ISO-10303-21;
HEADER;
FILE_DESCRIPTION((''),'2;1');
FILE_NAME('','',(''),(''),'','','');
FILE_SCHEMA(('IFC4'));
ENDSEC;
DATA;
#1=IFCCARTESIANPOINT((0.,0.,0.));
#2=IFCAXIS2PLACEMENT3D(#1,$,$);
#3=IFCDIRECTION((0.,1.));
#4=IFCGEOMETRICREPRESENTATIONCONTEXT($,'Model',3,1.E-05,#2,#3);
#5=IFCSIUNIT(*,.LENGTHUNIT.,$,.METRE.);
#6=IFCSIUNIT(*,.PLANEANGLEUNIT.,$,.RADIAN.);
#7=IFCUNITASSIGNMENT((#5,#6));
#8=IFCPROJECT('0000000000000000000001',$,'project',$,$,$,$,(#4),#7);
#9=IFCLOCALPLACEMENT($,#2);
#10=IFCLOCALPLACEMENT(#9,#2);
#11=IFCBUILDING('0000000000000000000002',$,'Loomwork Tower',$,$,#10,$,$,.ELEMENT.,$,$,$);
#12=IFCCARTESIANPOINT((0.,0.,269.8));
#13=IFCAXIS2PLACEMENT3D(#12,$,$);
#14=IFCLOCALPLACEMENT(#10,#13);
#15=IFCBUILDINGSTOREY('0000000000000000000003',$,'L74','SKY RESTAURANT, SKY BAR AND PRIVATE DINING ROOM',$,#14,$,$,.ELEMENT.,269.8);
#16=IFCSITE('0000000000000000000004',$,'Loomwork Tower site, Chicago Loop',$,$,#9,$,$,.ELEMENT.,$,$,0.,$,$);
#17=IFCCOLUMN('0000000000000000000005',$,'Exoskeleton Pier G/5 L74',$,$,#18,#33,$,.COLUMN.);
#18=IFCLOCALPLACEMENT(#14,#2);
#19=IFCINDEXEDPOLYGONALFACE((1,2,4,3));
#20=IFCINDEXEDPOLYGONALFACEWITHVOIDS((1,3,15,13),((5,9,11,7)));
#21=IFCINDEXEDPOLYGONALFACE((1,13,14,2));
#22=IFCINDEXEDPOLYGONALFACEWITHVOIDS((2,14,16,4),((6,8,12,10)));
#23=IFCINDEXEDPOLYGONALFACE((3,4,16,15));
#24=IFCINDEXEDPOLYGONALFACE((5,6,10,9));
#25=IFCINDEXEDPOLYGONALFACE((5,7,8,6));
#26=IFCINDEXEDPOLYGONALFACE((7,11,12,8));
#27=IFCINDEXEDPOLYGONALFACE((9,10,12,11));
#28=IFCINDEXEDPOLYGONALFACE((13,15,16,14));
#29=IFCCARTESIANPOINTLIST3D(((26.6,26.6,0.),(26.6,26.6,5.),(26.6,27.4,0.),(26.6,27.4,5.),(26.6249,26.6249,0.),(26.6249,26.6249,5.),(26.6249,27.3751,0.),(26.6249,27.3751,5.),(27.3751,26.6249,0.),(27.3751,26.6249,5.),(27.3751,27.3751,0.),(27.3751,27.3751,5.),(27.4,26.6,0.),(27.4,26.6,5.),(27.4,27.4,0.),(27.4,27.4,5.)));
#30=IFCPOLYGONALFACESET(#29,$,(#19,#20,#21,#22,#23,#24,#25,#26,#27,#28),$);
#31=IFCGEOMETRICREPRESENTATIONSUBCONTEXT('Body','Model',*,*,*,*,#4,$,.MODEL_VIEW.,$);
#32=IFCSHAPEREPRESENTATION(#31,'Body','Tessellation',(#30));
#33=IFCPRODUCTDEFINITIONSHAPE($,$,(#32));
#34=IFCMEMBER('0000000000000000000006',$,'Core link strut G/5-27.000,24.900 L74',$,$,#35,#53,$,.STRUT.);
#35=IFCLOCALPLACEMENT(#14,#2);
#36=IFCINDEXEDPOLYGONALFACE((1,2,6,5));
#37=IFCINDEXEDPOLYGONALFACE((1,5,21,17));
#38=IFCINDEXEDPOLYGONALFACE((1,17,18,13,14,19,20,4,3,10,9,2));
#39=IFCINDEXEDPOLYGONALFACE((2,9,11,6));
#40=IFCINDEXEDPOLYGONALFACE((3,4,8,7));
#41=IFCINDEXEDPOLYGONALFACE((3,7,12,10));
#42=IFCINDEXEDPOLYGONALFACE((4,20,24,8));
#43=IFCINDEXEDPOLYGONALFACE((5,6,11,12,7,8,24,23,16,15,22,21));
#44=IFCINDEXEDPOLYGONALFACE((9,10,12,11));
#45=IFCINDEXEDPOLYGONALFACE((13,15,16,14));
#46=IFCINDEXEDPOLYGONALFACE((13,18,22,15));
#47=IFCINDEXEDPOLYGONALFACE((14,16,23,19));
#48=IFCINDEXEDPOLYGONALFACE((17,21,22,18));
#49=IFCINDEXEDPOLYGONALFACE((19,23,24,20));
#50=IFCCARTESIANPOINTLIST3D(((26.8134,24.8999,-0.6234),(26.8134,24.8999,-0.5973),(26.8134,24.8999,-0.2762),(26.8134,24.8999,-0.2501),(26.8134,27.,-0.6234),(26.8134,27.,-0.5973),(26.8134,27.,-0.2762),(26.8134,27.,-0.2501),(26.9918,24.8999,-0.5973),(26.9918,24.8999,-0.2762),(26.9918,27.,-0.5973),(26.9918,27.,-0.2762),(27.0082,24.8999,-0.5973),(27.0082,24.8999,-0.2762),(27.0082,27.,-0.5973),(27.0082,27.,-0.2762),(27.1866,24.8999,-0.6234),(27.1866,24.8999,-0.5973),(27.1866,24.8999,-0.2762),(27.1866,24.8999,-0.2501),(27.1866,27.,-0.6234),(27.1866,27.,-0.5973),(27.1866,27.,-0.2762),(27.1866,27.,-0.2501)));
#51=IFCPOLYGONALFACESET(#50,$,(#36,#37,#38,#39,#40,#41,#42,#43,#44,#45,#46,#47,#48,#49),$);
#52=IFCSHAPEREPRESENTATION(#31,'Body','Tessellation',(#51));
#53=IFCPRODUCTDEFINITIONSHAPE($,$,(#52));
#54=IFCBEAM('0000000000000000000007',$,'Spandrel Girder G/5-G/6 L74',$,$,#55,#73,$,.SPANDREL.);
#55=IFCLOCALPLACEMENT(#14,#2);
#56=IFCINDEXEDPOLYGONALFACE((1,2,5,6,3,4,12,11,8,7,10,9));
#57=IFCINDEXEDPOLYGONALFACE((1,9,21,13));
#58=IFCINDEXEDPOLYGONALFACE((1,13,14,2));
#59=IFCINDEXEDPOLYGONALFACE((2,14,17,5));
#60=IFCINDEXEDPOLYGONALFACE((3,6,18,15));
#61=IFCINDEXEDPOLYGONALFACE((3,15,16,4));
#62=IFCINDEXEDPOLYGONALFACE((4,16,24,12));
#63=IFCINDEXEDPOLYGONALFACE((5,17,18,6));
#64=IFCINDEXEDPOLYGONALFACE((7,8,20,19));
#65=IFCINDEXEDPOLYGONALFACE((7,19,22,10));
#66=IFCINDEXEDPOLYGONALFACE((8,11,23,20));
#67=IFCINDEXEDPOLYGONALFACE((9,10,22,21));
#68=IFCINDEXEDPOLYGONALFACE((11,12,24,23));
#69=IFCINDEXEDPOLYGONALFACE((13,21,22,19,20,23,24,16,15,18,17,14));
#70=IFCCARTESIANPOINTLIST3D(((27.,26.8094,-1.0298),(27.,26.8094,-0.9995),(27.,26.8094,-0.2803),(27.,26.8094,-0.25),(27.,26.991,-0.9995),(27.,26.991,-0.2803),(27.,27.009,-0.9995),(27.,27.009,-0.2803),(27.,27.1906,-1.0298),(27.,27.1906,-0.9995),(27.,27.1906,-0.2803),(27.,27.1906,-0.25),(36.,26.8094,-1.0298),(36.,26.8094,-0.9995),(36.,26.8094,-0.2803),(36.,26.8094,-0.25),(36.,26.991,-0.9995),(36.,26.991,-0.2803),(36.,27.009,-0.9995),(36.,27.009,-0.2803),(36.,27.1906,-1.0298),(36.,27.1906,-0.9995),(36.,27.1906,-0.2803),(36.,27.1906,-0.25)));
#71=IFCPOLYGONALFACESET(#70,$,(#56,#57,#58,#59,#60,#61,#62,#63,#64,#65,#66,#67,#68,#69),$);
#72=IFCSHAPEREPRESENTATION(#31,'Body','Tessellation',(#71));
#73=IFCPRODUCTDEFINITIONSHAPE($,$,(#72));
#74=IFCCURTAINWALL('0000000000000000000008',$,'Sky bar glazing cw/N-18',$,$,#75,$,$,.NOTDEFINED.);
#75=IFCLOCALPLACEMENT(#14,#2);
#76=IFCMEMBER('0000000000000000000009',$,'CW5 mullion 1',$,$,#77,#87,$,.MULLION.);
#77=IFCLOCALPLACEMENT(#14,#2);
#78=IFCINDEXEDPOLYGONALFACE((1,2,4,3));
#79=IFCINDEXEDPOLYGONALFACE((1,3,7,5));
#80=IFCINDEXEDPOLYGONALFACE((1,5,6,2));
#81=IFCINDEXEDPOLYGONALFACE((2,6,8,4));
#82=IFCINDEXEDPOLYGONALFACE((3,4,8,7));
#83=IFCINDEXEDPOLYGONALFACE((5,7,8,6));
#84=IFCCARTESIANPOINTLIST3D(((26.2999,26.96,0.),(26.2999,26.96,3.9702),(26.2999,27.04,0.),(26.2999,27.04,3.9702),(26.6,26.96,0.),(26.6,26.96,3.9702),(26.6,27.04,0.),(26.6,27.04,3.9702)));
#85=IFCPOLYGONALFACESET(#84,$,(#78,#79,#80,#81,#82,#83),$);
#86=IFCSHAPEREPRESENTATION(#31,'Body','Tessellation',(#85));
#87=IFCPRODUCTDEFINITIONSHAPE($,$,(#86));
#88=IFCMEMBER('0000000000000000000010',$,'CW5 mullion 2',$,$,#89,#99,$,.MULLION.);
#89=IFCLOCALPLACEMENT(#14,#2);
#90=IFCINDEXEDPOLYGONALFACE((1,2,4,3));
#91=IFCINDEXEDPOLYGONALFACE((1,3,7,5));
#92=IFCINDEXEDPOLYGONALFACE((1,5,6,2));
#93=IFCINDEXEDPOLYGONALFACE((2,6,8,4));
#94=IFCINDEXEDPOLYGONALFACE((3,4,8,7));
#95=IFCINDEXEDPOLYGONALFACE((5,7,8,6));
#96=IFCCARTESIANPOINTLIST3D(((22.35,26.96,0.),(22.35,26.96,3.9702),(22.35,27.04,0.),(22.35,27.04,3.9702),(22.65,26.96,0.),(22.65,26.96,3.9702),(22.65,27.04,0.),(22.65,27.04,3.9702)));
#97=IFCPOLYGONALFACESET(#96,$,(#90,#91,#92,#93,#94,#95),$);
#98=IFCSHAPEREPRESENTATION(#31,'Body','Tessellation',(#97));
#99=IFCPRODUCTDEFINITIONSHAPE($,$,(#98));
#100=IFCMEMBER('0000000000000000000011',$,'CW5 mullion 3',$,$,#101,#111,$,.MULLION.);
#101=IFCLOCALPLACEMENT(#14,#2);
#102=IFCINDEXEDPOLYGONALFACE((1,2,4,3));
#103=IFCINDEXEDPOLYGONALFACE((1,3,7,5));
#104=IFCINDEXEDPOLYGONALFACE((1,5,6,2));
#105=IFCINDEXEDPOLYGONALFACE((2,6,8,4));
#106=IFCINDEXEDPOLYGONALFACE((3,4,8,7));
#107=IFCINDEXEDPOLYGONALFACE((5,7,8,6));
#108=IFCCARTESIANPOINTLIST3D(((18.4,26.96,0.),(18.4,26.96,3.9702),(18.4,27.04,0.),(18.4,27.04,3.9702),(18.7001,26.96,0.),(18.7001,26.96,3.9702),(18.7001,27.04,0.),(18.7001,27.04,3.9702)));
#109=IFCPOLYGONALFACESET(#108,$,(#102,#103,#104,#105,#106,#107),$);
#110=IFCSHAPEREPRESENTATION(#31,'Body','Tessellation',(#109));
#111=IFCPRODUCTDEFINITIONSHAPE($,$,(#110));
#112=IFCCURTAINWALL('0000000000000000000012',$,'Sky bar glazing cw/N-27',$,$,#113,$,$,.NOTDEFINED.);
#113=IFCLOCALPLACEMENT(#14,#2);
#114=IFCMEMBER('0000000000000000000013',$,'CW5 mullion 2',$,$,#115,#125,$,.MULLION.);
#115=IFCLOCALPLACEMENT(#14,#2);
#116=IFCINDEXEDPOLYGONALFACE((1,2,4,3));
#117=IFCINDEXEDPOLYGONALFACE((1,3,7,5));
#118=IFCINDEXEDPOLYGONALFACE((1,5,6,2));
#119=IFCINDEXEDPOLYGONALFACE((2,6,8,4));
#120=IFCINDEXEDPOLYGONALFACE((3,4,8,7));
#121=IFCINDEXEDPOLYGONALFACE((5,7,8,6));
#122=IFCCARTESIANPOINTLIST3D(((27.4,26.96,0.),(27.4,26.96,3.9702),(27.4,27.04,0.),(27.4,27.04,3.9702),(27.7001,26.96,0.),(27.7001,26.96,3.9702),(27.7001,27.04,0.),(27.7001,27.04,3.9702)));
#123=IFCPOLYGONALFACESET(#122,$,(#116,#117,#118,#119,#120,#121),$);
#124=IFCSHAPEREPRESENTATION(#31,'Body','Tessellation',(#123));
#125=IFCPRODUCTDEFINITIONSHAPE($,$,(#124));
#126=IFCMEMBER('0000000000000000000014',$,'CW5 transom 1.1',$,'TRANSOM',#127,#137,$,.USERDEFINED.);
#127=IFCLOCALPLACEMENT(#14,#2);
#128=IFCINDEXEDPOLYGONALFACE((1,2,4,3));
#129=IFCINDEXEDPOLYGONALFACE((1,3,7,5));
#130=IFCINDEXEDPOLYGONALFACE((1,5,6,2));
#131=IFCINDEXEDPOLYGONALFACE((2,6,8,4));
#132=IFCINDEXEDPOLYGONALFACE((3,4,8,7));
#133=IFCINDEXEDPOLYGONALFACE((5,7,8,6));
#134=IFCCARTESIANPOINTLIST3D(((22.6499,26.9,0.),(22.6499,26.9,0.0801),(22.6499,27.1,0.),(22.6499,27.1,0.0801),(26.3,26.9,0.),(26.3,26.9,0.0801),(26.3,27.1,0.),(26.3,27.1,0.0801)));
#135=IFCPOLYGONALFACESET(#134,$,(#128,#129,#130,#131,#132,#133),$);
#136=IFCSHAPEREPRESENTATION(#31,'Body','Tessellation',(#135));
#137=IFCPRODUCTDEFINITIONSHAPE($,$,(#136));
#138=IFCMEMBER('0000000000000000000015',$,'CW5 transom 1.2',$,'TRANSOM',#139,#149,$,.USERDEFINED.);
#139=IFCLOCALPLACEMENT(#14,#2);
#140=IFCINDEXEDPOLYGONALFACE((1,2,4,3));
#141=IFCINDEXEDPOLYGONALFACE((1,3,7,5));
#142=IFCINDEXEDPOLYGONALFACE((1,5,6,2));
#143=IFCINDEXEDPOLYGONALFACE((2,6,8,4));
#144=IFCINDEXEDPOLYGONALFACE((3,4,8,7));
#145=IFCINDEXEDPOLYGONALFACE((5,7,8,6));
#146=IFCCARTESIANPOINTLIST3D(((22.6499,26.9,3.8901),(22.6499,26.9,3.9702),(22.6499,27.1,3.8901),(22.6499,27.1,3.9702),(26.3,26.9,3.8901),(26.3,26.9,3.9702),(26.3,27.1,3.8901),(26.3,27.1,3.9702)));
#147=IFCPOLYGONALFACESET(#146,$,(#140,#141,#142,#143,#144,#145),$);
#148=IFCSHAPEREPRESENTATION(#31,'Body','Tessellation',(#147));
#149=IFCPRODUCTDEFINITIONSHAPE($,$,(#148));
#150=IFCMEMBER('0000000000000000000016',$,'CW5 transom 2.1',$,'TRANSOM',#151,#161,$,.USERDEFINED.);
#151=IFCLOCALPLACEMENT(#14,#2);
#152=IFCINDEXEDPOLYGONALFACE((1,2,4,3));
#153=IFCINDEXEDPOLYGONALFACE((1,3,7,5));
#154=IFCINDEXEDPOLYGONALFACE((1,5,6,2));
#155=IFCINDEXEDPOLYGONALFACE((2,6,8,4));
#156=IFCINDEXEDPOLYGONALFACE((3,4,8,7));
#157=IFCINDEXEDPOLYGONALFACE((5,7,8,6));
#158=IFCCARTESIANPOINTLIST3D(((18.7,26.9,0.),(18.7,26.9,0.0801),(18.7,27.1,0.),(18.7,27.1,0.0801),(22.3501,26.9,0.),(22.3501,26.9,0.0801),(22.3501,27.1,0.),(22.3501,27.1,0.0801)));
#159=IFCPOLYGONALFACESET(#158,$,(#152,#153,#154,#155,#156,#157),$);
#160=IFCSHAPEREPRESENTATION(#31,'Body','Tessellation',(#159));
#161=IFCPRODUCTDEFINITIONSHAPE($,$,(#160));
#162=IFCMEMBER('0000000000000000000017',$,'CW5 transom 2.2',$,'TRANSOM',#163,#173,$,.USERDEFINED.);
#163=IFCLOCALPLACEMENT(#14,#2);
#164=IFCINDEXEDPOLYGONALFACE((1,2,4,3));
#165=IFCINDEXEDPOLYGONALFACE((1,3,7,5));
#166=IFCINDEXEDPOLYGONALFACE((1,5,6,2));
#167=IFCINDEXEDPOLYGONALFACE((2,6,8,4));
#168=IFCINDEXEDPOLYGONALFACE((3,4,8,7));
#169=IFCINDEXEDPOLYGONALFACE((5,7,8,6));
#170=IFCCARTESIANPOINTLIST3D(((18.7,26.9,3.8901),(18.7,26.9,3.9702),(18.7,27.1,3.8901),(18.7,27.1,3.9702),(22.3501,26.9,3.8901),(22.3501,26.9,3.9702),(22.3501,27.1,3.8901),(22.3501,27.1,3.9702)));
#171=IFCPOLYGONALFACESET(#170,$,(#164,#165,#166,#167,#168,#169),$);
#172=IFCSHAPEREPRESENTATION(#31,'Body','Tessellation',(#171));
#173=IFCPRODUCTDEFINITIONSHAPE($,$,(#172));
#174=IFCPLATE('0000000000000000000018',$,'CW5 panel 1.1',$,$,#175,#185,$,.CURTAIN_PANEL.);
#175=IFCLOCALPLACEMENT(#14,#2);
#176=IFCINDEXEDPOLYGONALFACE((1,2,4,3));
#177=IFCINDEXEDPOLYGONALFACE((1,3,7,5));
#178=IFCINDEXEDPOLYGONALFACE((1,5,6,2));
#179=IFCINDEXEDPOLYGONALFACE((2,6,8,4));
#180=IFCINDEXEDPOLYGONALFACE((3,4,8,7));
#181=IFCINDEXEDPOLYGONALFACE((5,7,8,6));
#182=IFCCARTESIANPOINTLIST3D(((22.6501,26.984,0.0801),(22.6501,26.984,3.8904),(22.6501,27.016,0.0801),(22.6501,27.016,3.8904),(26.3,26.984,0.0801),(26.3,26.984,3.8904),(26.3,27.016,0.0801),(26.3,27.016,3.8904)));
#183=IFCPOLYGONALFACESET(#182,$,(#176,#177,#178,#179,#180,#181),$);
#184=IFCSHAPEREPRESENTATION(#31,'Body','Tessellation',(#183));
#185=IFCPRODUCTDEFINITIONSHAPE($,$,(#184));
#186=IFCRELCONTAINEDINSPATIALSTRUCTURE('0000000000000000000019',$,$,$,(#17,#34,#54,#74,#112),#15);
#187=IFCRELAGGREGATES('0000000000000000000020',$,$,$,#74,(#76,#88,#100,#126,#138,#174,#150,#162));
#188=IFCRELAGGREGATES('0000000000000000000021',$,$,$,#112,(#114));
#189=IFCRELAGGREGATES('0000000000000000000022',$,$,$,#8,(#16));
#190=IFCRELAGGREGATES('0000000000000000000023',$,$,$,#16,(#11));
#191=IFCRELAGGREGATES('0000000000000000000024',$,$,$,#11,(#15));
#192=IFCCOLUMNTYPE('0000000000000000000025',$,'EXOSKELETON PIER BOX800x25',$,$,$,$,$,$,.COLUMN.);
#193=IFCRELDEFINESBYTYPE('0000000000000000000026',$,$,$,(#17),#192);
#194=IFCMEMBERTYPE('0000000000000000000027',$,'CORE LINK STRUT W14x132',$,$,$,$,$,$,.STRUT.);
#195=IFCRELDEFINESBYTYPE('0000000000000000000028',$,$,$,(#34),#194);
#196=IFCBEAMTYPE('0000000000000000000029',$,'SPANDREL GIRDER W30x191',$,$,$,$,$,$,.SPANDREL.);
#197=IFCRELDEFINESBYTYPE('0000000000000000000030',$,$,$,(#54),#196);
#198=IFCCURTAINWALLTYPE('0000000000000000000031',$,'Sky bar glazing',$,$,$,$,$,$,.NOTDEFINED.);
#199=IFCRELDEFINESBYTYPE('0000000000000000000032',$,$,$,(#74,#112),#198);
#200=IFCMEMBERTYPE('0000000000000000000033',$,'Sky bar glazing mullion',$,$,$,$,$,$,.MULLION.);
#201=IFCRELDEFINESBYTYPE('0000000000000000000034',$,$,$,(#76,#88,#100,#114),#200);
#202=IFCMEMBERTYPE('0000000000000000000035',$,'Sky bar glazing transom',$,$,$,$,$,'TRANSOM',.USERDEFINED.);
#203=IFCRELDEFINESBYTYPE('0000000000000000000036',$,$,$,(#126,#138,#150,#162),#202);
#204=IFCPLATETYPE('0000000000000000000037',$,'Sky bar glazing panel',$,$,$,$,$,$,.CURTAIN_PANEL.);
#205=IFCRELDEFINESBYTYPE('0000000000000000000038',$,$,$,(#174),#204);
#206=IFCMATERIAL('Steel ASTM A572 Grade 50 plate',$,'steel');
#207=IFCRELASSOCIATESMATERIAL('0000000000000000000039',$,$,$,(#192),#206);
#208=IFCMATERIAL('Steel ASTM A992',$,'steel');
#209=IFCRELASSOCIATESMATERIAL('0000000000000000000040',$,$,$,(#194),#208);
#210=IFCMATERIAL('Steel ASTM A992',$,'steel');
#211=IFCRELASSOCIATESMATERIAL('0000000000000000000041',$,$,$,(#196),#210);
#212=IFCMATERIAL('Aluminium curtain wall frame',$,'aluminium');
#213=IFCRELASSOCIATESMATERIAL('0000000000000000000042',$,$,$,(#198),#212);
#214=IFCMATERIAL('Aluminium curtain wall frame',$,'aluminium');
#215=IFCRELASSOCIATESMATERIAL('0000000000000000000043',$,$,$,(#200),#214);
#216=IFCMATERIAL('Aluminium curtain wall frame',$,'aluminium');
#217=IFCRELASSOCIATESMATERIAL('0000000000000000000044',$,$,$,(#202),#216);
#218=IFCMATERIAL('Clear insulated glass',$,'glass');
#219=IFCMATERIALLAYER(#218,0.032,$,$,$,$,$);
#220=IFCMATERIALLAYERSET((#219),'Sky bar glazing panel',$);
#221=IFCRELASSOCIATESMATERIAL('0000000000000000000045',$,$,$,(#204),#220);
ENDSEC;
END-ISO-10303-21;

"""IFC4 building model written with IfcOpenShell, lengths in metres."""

from ifc_helpers import new_model, si_unit, direction, frame, origin, origin_2d, place, context, subcontext, project, spatial, rectangle, hollow_rectangle, i_section, extrude, material, layer, layer_set, material_profile, profile_set, type_object, element, aggregate, save


model = new_model("IFC4")

# Units and contexts
model_context = context("Model", 3, precision=1e-05, world=origin(), true_north=direction((0.0, 1.0)))
body_context = subcontext(model_context, "Body", "Model", "MODEL_VIEW")
ifc_project = project(units=[si_unit("LENGTHUNIT", "METRE"), si_unit("PLANEANGLEUNIT", "RADIAN")], contexts=[model_context])

# Site, building, storey
site_placement = place(None, origin())
site = spatial("IfcSite", under=ifc_project, at=site_placement, Name="Loomwork Tower site, Chicago Loop", CompositionType="ELEMENT", RefElevation=0.0)
building_placement = place(site_placement, origin())
building = spatial("IfcBuilding", under=site, at=building_placement, Name="Loomwork Tower", CompositionType="ELEMENT")
storey_placement = place(building_placement, frame((0.0, 0.0, 269.8)))
storey = spatial("IfcBuildingStorey", under=building, at=storey_placement, Name="L74", Description="SKY RESTAURANT, SKY BAR AND PRIVATE DINING ROOM", CompositionType="ELEMENT", Elevation=269.8)

# Column
ifc_material_1 = material(Name="Steel ASTM A572 Grade 50 plate", Category="steel")
ifc_material_profile_1 = material_profile(ifc_material_1, hollow_rectangle(XDim=0.8, YDim=0.8, WallThickness=0.0249, at=origin_2d()), Name="BOX800x25")
ifc_profile_set_1 = profile_set([ifc_material_profile_1], Name="Steel ASTM A572 Grade 50 plate")
column_type = type_object("IfcColumnType", Name="EXOSKELETON PIER BOX800x25", PredefinedType="COLUMN", material=ifc_profile_set_1)
column_placement = place(storey_placement, frame((27.0, 27.0, 0.0), z_axis=(0.0, 0.0, 1.0), x_axis=(1.0, 0.0, 0.0)))
element("IfcColumn", 1, at=column_placement, inside=storey, type_object=column_type, Name="Exoskeleton Pier G/5 L74", PredefinedType="COLUMN", context=body_context, shape_type="SweptSolid", body=[
    extrude(hollow_rectangle(XDim=0.8, YDim=0.8, WallThickness=0.0249, at=origin_2d()), origin(), (0.0, 0.0, 1.0), 5.0),
])

# Member
ifc_material_2 = material(Name="Steel ASTM A992", Category="steel")
ifc_material_profile_2 = material_profile(ifc_material_2, i_section(OverallWidth=0.3733, OverallDepth=0.3733, WebThickness=0.0164, FlangeThickness=0.0261, at=origin_2d()), Name="W14x132")
ifc_profile_set_2 = profile_set([ifc_material_profile_2], Name="Steel ASTM A992")
member_type_1 = type_object("IfcMemberType", Name="CORE LINK STRUT W14x132", PredefinedType="STRUT", material=ifc_profile_set_2)
member_1_placement = place(storey_placement, frame((27.0, 27.0, -0.4368), z_axis=(0.0, -1.0, 0.0), x_axis=(1.0, 0.0, 0.0)))
element("IfcMember", 2, at=member_1_placement, inside=storey, type_object=member_type_1, Name="Core link strut G/5-27.000,24.900 L74", PredefinedType="STRUT", context=body_context, shape_type="SweptSolid", body=[
    extrude(i_section(OverallWidth=0.3733, OverallDepth=0.3733, WebThickness=0.0164, FlangeThickness=0.0261, at=origin_2d()), origin(), (0.0, 0.0, 1.0), 2.1001),
])

# Beam
ifc_material_3 = material(Name="Steel ASTM A992", Category="steel")
ifc_material_profile_3 = material_profile(ifc_material_3, i_section(OverallWidth=0.3811, OverallDepth=0.7798, WebThickness=0.0181, FlangeThickness=0.0303, at=origin_2d()), Name="W30x191")
ifc_profile_set_3 = profile_set([ifc_material_profile_3], Name="Steel ASTM A992")
beam_type = type_object("IfcBeamType", Name="SPANDREL GIRDER W30x191", PredefinedType="SPANDREL", material=ifc_profile_set_3)
beam_placement = place(storey_placement, frame((27.0, 27.0, -0.6399), z_axis=(1.0, 0.0, 0.0), x_axis=(0.0, 1.0, 0.0)))
element("IfcBeam", 3, at=beam_placement, inside=storey, type_object=beam_type, Name="Spandrel Girder G/5-G/6 L74", PredefinedType="SPANDREL", context=body_context, shape_type="SweptSolid", body=[
    extrude(i_section(OverallWidth=0.3811, OverallDepth=0.7798, WebThickness=0.0181, FlangeThickness=0.0303, at=origin_2d()), origin(), (0.0, 0.0, 1.0), 9.0),
])

# Curtain wall, members
ifc_material_4 = material(Name="Aluminium curtain wall frame", Category="aluminium")
curtain_wall_type = type_object("IfcCurtainWallType", Name="Sky bar glazing", PredefinedType="NOTDEFINED", material=ifc_material_4)
curtain_wall_1_placement = place(storey_placement, origin())
curtain_wall_1 = element("IfcCurtainWall", 4, at=curtain_wall_1_placement, inside=storey, type_object=curtain_wall_type, Name="Sky bar glazing cw/N-18", PredefinedType="NOTDEFINED")
ifc_material_5 = material(Name="Aluminium curtain wall frame", Category="aluminium")
ifc_material_profile_4 = material_profile(ifc_material_5, rectangle(XDim=0.0801, YDim=0.3, at=origin_2d()), Name="AL 80x300")
ifc_profile_set_4 = profile_set([ifc_material_profile_4], Name="Aluminium curtain wall frame")
member_type_2 = type_object("IfcMemberType", Name="Sky bar glazing mullion", PredefinedType="MULLION", material=ifc_profile_set_4)
member_2_placement = place(storey_placement, frame((26.45, 27.0, 0.0), z_axis=(0.0, 0.0, 1.0), x_axis=(0.0, -1.0, 0.0)))
member_2 = element("IfcMember", 5, at=member_2_placement, type_object=member_type_2, Name="CW5 mullion 1", PredefinedType="MULLION", context=body_context, shape_type="SweptSolid", body=[
    extrude(rectangle(XDim=0.0801, YDim=0.3, at=origin_2d()), origin(), (0.0, 0.0, 1.0), 3.9702),
])
member_3_placement = place(storey_placement, frame((22.5, 27.0, 0.0), z_axis=(0.0, 0.0, 1.0), x_axis=(0.0, -1.0, 0.0)))
member_3 = element("IfcMember", 6, at=member_3_placement, type_object=member_type_2, Name="CW5 mullion 2", PredefinedType="MULLION", context=body_context, shape_type="SweptSolid", body=[
    extrude(rectangle(XDim=0.0801, YDim=0.3, at=origin_2d()), origin(), (0.0, 0.0, 1.0), 3.9702),
])
member_4_placement = place(storey_placement, frame((18.55, 27.0, 0.0), z_axis=(0.0, 0.0, 1.0), x_axis=(0.0, -1.0, 0.0)))
member_4 = element("IfcMember", 7, at=member_4_placement, type_object=member_type_2, Name="CW5 mullion 3", PredefinedType="MULLION", context=body_context, shape_type="SweptSolid", body=[
    extrude(rectangle(XDim=0.0801, YDim=0.3, at=origin_2d()), origin(), (0.0, 0.0, 1.0), 3.9702),
])

# Curtain wall, member
curtain_wall_2_placement = place(storey_placement, origin())
curtain_wall_2 = element("IfcCurtainWall", 8, at=curtain_wall_2_placement, inside=storey, type_object=curtain_wall_type, Name="Sky bar glazing cw/N-27", PredefinedType="NOTDEFINED")
member_5_placement = place(storey_placement, frame((27.55, 27.0, 0.0), z_axis=(0.0, 0.0, 1.0), x_axis=(0.0, -1.0, 0.0)))
member_5 = element("IfcMember", 9, at=member_5_placement, type_object=member_type_2, Name="CW5 mullion 2", PredefinedType="MULLION", context=body_context, shape_type="SweptSolid", body=[
    extrude(rectangle(XDim=0.0801, YDim=0.3, at=origin_2d()), origin(), (0.0, 0.0, 1.0), 3.9702),
])

# Members
ifc_material_6 = material(Name="Aluminium curtain wall frame", Category="aluminium")
ifc_material_profile_5 = material_profile(ifc_material_6, rectangle(XDim=0.2, YDim=0.0801, at=origin_2d()), Name="AL 80x200")
ifc_profile_set_5 = profile_set([ifc_material_profile_5], Name="Aluminium curtain wall frame")
member_type_3 = type_object("IfcMemberType", Name="Sky bar glazing transom", ElementType="TRANSOM", PredefinedType="USERDEFINED", material=ifc_profile_set_5)
member_6_placement = place(storey_placement, frame((26.3, 27.0, 0.04), z_axis=(-1.0, 0.0, 0.0), x_axis=(0.0, -1.0, 0.0)))
member_6 = element("IfcMember", 10, at=member_6_placement, type_object=member_type_3, Name="CW5 transom 1.1", ObjectType="TRANSOM", PredefinedType="USERDEFINED", context=body_context, shape_type="SweptSolid", body=[
    extrude(rectangle(XDim=0.2, YDim=0.0801, at=origin_2d()), origin(), (0.0, 0.0, 1.0), 3.6501),
])
member_7_placement = place(storey_placement, frame((26.3, 27.0, 3.9302), z_axis=(-1.0, 0.0, 0.0), x_axis=(0.0, -1.0, 0.0)))
member_7 = element("IfcMember", 11, at=member_7_placement, type_object=member_type_3, Name="CW5 transom 1.2", ObjectType="TRANSOM", PredefinedType="USERDEFINED", context=body_context, shape_type="SweptSolid", body=[
    extrude(rectangle(XDim=0.2, YDim=0.0801, at=origin_2d()), origin(), (0.0, 0.0, 1.0), 3.6501),
])
member_8_placement = place(storey_placement, frame((22.3501, 27.0, 0.04), z_axis=(-1.0, 0.0, 0.0), x_axis=(0.0, -1.0, 0.0)))
member_8 = element("IfcMember", 12, at=member_8_placement, type_object=member_type_3, Name="CW5 transom 2.1", ObjectType="TRANSOM", PredefinedType="USERDEFINED", context=body_context, shape_type="SweptSolid", body=[
    extrude(rectangle(XDim=0.2, YDim=0.0801, at=origin_2d()), origin(), (0.0, 0.0, 1.0), 3.6501),
])
member_9_placement = place(storey_placement, frame((22.3501, 27.0, 3.9302), z_axis=(-1.0, 0.0, 0.0), x_axis=(0.0, -1.0, 0.0)))
member_9 = element("IfcMember", 13, at=member_9_placement, type_object=member_type_3, Name="CW5 transom 2.2", ObjectType="TRANSOM", PredefinedType="USERDEFINED", context=body_context, shape_type="SweptSolid", body=[
    extrude(rectangle(XDim=0.2, YDim=0.0801, at=origin_2d()), origin(), (0.0, 0.0, 1.0), 3.6501),
])

# Plate
ifc_material_7 = material(Name="Clear insulated glass", Category="glass")
ifc_layer_1 = layer(ifc_material_7, 0.032)
ifc_layer_set_1 = layer_set([ifc_layer_1], Name="Sky bar glazing panel")
plate_type = type_object("IfcPlateType", Name="Sky bar glazing panel", PredefinedType="CURTAIN_PANEL", material=ifc_layer_set_1)
plate_1_placement = place(storey_placement, frame((24.4751, 27.0, 0.0801), z_axis=(0.0, 0.0, 1.0), x_axis=(-1.0, 0.0, 0.0)))
plate_1 = element("IfcPlate", 14, at=plate_1_placement, type_object=plate_type, Name="CW5 panel 1.1", PredefinedType="CURTAIN_PANEL", context=body_context, shape_type="SweptSolid", body=[
    extrude(rectangle(XDim=3.6499, YDim=0.032, at=origin_2d()), origin(), (0.0, 0.0, 1.0), 3.8103),
])
aggregate(curtain_wall_1, [member_2, member_3, member_4, member_6, member_7, plate_1, member_8, member_9])
aggregate(curtain_wall_2, [member_5])

save(model, "model.ifc")
